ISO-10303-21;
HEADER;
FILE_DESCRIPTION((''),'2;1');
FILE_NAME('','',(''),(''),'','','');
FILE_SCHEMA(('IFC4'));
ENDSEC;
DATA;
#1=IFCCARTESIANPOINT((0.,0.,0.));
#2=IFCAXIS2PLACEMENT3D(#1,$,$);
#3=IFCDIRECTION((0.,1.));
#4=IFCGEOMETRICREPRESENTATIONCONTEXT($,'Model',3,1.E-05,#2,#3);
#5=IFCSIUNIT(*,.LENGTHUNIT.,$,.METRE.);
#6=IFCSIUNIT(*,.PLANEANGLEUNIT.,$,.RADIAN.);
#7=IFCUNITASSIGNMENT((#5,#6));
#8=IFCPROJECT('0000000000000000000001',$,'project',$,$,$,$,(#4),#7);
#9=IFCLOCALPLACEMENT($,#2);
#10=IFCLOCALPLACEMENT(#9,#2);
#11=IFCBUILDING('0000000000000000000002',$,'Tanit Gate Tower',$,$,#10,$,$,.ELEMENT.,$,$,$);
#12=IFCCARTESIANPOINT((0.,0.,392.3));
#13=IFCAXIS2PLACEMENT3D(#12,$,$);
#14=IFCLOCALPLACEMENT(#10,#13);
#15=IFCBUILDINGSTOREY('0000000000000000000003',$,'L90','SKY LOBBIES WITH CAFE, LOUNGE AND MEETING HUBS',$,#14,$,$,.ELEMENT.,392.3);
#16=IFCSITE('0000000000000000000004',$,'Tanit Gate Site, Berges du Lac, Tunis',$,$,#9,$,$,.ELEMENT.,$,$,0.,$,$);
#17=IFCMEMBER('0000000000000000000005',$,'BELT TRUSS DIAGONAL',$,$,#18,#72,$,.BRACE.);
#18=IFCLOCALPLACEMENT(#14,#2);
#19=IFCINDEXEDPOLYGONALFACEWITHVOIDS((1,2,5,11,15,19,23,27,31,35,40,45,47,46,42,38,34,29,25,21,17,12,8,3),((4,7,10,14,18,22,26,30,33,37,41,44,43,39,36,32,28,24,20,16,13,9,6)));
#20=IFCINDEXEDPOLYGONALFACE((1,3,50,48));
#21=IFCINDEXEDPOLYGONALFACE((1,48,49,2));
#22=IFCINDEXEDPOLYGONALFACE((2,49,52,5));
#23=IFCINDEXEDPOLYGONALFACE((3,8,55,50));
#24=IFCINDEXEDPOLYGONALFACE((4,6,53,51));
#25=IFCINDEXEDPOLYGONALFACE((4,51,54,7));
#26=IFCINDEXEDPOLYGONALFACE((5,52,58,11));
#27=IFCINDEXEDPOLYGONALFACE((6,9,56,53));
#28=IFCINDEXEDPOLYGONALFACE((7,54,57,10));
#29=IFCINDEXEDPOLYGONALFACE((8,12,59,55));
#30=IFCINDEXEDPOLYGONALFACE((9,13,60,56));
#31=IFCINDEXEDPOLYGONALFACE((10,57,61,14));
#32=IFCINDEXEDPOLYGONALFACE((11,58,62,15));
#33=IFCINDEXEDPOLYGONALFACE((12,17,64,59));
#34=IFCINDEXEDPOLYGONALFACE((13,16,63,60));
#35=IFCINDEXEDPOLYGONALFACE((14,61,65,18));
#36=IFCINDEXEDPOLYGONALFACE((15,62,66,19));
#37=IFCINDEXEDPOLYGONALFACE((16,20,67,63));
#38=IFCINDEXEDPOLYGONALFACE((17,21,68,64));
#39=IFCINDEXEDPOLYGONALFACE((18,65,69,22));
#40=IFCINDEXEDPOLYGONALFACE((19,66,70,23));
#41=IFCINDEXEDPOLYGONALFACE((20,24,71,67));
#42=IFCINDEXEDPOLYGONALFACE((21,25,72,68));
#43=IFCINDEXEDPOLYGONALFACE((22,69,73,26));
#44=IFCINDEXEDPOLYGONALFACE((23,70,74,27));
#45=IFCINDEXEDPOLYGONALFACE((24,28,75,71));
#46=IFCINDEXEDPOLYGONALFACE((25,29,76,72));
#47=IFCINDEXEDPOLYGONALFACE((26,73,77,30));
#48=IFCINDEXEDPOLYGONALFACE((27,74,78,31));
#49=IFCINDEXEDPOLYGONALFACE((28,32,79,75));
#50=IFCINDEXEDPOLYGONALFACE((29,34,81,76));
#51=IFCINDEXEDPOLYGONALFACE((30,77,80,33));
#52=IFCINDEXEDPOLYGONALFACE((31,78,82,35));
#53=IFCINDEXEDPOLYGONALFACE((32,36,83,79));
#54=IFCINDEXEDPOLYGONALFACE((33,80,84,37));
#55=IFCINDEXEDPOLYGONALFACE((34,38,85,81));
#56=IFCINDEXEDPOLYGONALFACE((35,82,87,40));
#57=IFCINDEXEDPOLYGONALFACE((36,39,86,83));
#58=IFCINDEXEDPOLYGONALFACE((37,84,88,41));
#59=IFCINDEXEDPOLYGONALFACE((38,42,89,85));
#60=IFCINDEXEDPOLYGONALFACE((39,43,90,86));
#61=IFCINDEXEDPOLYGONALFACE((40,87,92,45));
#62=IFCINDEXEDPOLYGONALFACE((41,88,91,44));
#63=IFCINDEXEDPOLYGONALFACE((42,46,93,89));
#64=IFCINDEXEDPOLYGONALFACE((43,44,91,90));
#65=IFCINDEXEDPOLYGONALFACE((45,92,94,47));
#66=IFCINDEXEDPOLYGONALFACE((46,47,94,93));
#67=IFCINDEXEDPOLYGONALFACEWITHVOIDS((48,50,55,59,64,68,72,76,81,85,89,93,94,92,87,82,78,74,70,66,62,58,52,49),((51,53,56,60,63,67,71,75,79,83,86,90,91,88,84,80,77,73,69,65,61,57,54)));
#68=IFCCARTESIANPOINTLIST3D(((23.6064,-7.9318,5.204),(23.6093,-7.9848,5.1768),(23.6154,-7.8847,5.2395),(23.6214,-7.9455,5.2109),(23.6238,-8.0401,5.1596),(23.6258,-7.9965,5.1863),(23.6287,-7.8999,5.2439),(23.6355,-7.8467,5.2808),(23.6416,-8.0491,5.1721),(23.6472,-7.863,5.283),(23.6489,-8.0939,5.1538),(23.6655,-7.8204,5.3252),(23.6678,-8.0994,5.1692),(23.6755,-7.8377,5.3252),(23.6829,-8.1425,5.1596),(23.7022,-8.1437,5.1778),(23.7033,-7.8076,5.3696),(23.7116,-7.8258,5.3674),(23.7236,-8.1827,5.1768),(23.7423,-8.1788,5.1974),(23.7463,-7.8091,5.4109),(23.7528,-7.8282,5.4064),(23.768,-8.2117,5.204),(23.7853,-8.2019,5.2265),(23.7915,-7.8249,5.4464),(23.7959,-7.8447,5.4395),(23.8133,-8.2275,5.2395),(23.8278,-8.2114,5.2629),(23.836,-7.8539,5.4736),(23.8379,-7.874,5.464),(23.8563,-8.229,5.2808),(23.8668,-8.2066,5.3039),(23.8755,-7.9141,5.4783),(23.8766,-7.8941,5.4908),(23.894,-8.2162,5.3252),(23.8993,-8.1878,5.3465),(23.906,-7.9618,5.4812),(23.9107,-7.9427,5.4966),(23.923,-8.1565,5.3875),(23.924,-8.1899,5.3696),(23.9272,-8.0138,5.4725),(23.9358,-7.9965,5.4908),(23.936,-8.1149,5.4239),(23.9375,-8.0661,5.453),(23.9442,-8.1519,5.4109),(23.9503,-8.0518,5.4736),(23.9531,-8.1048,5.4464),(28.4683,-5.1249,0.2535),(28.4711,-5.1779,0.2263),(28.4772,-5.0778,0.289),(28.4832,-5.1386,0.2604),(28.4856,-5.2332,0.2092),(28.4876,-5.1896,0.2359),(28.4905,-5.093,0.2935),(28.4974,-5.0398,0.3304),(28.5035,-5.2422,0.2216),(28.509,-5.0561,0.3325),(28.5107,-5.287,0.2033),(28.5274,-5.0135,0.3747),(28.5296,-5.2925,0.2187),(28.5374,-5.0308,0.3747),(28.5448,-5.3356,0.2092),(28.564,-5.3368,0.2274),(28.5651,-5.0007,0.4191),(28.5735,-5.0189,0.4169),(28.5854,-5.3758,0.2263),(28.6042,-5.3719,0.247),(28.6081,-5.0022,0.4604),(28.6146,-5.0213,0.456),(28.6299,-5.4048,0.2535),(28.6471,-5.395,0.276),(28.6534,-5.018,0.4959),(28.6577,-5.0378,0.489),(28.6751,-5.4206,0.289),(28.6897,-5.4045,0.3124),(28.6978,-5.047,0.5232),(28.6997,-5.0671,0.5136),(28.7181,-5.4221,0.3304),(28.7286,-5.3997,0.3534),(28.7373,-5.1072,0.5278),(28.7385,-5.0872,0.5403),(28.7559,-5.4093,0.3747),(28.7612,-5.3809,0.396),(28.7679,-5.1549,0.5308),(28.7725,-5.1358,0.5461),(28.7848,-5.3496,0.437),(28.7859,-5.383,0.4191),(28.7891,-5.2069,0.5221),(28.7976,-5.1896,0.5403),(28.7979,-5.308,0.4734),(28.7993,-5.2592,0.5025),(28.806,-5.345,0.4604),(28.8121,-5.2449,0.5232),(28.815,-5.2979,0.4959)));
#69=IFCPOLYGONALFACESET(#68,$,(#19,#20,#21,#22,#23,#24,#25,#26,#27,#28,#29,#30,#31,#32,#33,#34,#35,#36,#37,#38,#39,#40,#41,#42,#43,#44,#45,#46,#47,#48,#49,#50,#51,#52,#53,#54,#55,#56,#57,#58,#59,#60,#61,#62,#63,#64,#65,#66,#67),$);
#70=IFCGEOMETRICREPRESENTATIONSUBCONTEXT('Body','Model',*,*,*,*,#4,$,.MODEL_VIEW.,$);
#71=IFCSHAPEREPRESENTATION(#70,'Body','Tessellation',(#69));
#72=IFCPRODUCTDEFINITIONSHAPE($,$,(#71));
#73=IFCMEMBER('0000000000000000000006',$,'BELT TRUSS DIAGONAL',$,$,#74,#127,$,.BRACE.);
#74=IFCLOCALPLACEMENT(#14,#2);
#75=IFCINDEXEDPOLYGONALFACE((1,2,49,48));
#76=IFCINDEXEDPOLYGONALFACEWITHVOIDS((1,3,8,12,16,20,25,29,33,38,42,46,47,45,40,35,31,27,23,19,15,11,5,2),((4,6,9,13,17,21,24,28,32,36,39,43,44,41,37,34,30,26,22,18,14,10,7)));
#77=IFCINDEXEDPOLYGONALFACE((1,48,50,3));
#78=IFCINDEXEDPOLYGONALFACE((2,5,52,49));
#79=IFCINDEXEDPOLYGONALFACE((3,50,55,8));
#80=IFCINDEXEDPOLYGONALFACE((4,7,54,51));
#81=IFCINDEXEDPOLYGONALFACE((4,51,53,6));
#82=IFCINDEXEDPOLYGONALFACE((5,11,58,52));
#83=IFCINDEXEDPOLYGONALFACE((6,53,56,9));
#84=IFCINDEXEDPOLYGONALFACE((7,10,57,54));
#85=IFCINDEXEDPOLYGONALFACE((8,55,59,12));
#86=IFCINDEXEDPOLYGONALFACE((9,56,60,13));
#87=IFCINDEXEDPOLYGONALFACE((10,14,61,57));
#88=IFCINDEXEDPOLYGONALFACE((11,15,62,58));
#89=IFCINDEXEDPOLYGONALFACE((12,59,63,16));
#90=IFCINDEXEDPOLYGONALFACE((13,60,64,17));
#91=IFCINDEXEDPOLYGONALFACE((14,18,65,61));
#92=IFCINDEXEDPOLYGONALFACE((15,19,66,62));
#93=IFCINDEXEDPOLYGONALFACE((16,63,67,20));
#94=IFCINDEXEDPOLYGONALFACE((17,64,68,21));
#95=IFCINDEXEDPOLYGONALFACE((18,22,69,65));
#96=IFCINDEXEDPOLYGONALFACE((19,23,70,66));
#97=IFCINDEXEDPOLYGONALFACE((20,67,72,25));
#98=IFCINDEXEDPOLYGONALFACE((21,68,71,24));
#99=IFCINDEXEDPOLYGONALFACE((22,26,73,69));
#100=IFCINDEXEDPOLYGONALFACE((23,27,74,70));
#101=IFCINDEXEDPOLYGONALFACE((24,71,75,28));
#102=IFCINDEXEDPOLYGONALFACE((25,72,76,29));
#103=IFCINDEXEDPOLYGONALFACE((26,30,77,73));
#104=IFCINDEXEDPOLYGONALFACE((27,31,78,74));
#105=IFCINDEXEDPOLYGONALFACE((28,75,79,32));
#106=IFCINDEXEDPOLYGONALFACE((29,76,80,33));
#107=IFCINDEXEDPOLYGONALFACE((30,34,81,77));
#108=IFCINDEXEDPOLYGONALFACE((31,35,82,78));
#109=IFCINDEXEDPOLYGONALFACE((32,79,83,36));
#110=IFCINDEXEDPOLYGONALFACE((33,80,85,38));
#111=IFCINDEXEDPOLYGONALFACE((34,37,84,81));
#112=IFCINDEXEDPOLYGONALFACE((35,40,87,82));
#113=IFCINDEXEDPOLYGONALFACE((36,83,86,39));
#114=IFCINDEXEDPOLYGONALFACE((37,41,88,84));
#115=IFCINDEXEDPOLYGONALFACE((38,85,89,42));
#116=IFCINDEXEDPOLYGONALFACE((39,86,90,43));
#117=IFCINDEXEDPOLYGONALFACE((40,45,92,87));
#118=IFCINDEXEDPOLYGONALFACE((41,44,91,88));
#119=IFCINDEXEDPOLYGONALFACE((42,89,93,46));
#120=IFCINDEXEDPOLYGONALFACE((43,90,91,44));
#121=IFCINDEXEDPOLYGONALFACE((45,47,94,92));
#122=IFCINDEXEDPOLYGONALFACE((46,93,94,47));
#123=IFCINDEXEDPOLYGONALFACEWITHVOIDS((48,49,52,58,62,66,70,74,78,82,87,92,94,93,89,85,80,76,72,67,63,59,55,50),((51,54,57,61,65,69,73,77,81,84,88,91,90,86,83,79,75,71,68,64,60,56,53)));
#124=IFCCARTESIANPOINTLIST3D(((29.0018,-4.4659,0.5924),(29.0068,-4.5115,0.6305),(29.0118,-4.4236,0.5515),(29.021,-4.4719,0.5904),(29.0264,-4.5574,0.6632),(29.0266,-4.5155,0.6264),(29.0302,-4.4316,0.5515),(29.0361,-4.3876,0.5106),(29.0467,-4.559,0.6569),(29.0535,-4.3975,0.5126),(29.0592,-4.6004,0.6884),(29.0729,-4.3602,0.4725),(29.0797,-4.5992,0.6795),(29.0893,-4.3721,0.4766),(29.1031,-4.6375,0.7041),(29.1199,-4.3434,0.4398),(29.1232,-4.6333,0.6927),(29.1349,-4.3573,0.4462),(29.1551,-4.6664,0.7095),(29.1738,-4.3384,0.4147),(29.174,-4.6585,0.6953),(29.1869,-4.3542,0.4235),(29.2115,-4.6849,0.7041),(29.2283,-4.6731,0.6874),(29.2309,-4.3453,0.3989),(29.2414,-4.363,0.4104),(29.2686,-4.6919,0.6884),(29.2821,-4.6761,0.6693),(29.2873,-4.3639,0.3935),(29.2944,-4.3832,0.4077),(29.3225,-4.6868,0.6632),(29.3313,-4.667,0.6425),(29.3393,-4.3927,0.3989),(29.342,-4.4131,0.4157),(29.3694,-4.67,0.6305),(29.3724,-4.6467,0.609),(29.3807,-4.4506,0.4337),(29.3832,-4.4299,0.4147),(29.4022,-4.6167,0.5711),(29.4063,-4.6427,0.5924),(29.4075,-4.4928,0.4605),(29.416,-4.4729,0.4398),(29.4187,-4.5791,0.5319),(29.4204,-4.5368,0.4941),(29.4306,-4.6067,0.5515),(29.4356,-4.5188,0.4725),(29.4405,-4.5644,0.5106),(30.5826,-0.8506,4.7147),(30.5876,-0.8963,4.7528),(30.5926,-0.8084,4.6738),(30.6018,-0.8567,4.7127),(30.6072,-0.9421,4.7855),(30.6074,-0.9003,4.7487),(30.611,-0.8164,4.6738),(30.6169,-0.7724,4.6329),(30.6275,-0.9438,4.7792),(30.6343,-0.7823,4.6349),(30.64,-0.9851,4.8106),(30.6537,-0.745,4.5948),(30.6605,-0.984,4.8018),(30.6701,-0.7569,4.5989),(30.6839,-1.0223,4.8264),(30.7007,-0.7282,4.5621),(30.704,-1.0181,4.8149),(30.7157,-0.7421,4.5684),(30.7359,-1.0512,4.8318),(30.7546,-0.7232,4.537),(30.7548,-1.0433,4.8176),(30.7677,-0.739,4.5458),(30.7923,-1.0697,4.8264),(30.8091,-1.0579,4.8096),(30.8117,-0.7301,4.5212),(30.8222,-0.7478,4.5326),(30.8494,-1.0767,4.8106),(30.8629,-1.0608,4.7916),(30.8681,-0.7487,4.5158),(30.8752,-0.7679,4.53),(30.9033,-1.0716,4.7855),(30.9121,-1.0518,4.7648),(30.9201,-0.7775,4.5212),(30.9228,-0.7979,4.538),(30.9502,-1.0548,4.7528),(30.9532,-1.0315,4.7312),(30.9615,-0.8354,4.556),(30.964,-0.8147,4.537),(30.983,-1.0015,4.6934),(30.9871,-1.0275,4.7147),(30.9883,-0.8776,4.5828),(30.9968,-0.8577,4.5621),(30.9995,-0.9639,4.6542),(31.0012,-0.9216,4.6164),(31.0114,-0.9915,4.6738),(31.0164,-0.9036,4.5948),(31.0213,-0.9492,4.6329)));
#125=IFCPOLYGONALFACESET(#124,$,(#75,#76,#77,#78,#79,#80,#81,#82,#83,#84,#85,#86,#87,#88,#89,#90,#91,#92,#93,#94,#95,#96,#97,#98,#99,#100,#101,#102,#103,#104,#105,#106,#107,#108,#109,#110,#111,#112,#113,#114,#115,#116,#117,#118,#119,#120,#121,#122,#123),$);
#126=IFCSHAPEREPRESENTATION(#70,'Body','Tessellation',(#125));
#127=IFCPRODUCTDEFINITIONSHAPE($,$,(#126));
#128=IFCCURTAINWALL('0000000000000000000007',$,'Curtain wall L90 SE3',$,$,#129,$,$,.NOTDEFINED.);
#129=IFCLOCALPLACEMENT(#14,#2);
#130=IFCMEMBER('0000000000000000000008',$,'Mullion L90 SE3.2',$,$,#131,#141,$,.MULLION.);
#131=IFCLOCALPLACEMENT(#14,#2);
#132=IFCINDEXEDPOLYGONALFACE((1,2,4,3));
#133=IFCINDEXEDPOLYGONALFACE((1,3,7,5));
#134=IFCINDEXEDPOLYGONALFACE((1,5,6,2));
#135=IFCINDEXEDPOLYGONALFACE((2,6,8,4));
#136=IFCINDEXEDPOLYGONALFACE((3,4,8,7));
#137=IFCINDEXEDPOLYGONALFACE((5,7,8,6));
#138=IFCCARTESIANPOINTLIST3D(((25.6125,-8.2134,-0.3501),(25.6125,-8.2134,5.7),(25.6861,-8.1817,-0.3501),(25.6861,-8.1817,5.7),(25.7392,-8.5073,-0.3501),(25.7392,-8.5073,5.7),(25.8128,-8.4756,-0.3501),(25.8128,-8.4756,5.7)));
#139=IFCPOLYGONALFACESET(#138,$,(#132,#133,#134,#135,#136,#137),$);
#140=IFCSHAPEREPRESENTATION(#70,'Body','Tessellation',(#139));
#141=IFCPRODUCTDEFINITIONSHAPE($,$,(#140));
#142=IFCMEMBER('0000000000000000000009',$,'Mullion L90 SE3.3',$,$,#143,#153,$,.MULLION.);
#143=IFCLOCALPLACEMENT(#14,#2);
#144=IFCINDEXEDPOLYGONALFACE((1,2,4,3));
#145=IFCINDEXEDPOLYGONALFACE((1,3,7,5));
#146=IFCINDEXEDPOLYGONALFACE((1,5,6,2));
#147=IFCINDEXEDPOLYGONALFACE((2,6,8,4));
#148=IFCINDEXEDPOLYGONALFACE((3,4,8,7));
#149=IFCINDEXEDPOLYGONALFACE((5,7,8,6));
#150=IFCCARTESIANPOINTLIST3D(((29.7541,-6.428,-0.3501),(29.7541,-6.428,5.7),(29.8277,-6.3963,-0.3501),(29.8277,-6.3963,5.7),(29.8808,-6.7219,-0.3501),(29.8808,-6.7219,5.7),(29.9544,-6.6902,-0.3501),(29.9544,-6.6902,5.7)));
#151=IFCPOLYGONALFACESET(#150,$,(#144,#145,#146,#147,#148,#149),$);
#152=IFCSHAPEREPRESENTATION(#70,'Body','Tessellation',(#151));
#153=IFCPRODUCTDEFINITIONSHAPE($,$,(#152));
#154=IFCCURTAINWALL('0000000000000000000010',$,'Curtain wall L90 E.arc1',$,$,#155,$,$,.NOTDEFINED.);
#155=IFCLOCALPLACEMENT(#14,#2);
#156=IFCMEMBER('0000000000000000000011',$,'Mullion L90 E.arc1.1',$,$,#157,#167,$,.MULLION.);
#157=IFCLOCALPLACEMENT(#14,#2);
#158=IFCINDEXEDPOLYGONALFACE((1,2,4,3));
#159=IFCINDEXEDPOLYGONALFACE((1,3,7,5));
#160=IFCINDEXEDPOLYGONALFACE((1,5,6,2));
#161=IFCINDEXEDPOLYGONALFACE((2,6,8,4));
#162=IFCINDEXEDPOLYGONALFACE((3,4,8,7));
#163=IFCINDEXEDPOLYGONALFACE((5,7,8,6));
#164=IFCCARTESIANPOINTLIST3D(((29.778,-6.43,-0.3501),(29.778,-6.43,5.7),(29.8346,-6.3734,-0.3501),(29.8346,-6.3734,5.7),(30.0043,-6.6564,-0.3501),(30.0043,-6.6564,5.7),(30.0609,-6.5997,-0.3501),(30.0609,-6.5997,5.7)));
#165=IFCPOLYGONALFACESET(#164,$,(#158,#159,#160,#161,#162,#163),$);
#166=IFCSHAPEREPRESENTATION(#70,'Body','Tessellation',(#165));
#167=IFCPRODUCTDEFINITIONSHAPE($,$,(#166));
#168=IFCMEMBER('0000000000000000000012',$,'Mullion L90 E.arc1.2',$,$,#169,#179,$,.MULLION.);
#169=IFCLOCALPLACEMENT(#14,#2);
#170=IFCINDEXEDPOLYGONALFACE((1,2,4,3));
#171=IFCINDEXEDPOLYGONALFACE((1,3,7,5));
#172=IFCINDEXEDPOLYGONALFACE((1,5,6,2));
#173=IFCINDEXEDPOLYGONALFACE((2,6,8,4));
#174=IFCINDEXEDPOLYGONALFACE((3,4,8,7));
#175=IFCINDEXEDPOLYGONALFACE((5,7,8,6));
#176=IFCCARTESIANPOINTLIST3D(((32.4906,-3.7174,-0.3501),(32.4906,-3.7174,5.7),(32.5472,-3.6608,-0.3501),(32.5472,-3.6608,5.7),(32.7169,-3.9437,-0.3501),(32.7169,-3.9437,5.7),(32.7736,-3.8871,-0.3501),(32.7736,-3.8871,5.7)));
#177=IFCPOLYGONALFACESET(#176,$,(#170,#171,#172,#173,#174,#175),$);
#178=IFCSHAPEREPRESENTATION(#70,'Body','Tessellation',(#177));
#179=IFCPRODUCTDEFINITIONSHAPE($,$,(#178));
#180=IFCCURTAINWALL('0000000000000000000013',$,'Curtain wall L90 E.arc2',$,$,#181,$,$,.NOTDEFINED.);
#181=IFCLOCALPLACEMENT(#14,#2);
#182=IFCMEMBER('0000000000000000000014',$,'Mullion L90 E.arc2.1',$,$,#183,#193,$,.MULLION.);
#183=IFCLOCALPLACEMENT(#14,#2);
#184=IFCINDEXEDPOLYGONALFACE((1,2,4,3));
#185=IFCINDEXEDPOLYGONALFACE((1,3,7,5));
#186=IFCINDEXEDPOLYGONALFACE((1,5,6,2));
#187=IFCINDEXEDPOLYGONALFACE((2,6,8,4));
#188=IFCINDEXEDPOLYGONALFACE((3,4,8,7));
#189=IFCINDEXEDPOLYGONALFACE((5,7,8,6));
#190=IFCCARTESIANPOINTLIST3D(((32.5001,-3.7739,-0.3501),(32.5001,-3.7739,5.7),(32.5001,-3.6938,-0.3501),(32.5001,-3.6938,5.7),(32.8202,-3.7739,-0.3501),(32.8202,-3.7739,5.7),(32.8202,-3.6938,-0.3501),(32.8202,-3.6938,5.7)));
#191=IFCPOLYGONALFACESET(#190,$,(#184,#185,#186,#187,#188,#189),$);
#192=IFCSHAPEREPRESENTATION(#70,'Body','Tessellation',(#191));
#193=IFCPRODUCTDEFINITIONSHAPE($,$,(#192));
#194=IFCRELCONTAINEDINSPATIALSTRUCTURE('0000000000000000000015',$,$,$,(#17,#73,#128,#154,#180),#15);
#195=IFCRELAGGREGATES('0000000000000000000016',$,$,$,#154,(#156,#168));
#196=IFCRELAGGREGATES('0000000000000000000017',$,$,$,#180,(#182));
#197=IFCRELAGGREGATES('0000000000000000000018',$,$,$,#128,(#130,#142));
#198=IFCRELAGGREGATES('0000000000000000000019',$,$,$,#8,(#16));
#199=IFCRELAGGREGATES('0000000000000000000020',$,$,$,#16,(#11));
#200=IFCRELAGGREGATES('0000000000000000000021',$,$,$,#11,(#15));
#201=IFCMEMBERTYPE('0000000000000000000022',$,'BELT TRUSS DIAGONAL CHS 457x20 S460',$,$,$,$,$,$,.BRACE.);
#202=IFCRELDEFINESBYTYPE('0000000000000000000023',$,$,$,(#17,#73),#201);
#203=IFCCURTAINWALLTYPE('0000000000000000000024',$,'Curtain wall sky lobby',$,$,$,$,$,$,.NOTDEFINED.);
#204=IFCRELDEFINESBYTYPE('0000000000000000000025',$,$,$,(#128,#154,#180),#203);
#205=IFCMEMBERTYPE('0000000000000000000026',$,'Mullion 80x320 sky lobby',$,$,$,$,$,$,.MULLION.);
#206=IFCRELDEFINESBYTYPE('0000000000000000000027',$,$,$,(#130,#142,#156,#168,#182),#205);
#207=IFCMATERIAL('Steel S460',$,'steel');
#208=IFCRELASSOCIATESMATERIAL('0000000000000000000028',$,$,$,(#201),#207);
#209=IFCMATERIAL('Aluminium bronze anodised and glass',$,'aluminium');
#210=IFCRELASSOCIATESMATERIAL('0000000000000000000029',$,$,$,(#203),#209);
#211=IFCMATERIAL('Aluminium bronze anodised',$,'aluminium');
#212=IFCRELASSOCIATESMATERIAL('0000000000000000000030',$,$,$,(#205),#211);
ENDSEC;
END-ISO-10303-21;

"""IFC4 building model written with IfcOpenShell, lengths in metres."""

from ifc_helpers import new_model, si_unit, direction, frame, origin, origin_2d, place, context, subcontext, project, spatial, rectangle, hollow_circle, extrude, material, material_profile, profile_set, type_object, element, aggregate, save


model = new_model("IFC4")

# Units and contexts
model_context = context("Model", 3, precision=1e-05, world=origin(), true_north=direction((0.0, 1.0)))
body_context = subcontext(model_context, "Body", "Model", "MODEL_VIEW")
ifc_project = project(units=[si_unit("LENGTHUNIT", "METRE"), si_unit("PLANEANGLEUNIT", "RADIAN")], contexts=[model_context])

# Site, building, storey
site_placement = place(None, origin())
site = spatial("IfcSite", under=ifc_project, at=site_placement, Name="Tanit Gate Site, Berges du Lac, Tunis", CompositionType="ELEMENT", RefElevation=0.0)
building_placement = place(site_placement, origin())
building = spatial("IfcBuilding", under=site, at=building_placement, Name="Tanit Gate Tower", CompositionType="ELEMENT")
storey_placement = place(building_placement, frame((0.0, 0.0, 392.3)))
storey = spatial("IfcBuildingStorey", under=building, at=storey_placement, Name="L90", Description="SKY LOBBIES WITH CAFE, LOUNGE AND MEETING HUBS", CompositionType="ELEMENT", Elevation=392.3)

# Members
ifc_material_1 = material(Name="Steel S460", Category="steel")
ifc_material_profile_1 = material_profile(ifc_material_1, hollow_circle(Radius=0.2285, WallThickness=0.02, at=origin_2d()), Name="CHS 457x20")
ifc_profile_set_1 = profile_set([ifc_material_profile_1], Name="Steel S460")
member_type_1 = type_object("IfcMemberType", Name="BELT TRUSS DIAGONAL CHS 457x20 S460", PredefinedType="BRACE", material=ifc_profile_set_1)
member_1_placement = place(storey_placement, frame((23.7798, -8.0183, 5.3252), z_axis=(0.649556, 0.37501, -0.661396), x_axis=(-0.499988, 0.866032, 0.0)))
element("IfcMember", 1, at=member_1_placement, inside=storey, type_object=member_type_1, Name="BELT TRUSS DIAGONAL", PredefinedType="BRACE", context=body_context, shape_type="SweptSolid", body=[
    extrude(hollow_circle(Radius=0.2285, WallThickness=0.02, at=origin_2d()), origin(), (0.0, 0.0, 1.0), 7.4849),
])
member_2_placement = place(storey_placement, frame((29.2212, -4.5151, 0.5515), z_axis=(0.277027, 0.633547, 0.722409), x_axis=(-0.916237, 0.400637, 0.0)))
element("IfcMember", 2, at=member_2_placement, inside=storey, type_object=member_type_1, Name="BELT TRUSS DIAGONAL", PredefinedType="BRACE", context=body_context, shape_type="SweptSolid", body=[
    extrude(hollow_circle(Radius=0.2285, WallThickness=0.02, at=origin_2d()), origin(), (0.0, 0.0, 1.0), 5.7063),
])

# Curtain walls, members
ifc_material_2 = material(Name="Aluminium bronze anodised and glass", Category="aluminium")
curtain_wall_type = type_object("IfcCurtainWallType", Name="Curtain wall sky lobby", PredefinedType="NOTDEFINED", material=ifc_material_2)
curtain_wall_1_placement = place(storey_placement, origin())
curtain_wall_1 = element("IfcCurtainWall", 3, at=curtain_wall_1_placement, inside=storey, type_object=curtain_wall_type, Name="Curtain wall L90 SE3", PredefinedType="NOTDEFINED")
ifc_material_3 = material(Name="Aluminium bronze anodised", Category="aluminium")
ifc_material_profile_2 = material_profile(ifc_material_3, rectangle(XDim=0.3201, YDim=0.0801, at=origin_2d()), Name="80x320 bronze mullion")
ifc_profile_set_2 = profile_set([ifc_material_profile_2], Name="Aluminium bronze anodised")
member_type_2 = type_object("IfcMemberType", Name="Mullion 80x320 sky lobby", PredefinedType="MULLION", material=ifc_profile_set_2)
member_3_placement = place(storey_placement, frame((25.7126, -8.3445, -0.3501), z_axis=(0.0, 0.0, 1.0), x_axis=(-0.395871, 0.918306, 0.0)))
member_3 = element("IfcMember", 4, at=member_3_placement, type_object=member_type_2, Name="Mullion L90 SE3.2", PredefinedType="MULLION", context=body_context, shape_type="SweptSolid", body=[
    extrude(rectangle(XDim=0.3201, YDim=0.0801, at=origin_2d()), origin(), (0.0, 0.0, 1.0), 6.05),
])
member_4_placement = place(storey_placement, frame((29.8542, -6.5591, -0.3501), z_axis=(0.0, 0.0, 1.0), x_axis=(-0.395871, 0.918306, 0.0)))
member_4 = element("IfcMember", 5, at=member_4_placement, type_object=member_type_2, Name="Mullion L90 SE3.3", PredefinedType="MULLION", context=body_context, shape_type="SweptSolid", body=[
    extrude(rectangle(XDim=0.3201, YDim=0.0801, at=origin_2d()), origin(), (0.0, 0.0, 1.0), 6.05),
])
curtain_wall_2_placement = place(storey_placement, origin())
curtain_wall_2 = element("IfcCurtainWall", 6, at=curtain_wall_2_placement, inside=storey, type_object=curtain_wall_type, Name="Curtain wall L90 E.arc1", PredefinedType="NOTDEFINED")
member_5_placement = place(storey_placement, frame((29.9194, -6.5149, -0.3501), z_axis=(0.0, 0.0, 1.0), x_axis=(-0.707107, 0.707107, 0.0)))
member_5 = element("IfcMember", 7, at=member_5_placement, type_object=member_type_2, Name="Mullion L90 E.arc1.1", PredefinedType="MULLION", context=body_context, shape_type="SweptSolid", body=[
    extrude(rectangle(XDim=0.3201, YDim=0.0801, at=origin_2d()), origin(), (0.0, 0.0, 1.0), 6.05),
])
member_6_placement = place(storey_placement, frame((32.6321, -3.8022, -0.3501), z_axis=(0.0, 0.0, 1.0), x_axis=(-0.707107, 0.707107, 0.0)))
member_6 = element("IfcMember", 8, at=member_6_placement, type_object=member_type_2, Name="Mullion L90 E.arc1.2", PredefinedType="MULLION", context=body_context, shape_type="SweptSolid", body=[
    extrude(rectangle(XDim=0.3201, YDim=0.0801, at=origin_2d()), origin(), (0.0, 0.0, 1.0), 6.05),
])

# Curtain wall, member
curtain_wall_3_placement = place(storey_placement, origin())
curtain_wall_3 = element("IfcCurtainWall", 9, at=curtain_wall_3_placement, inside=storey, type_object=curtain_wall_type, Name="Curtain wall L90 E.arc2", PredefinedType="NOTDEFINED")
member_7_placement = place(storey_placement, frame((32.6602, -3.7339, -0.3501), z_axis=(0.0, 0.0, 1.0), x_axis=(-1.0, 0.0, 0.0)))
member_7 = element("IfcMember", 10, at=member_7_placement, type_object=member_type_2, Name="Mullion L90 E.arc2.1", PredefinedType="MULLION", context=body_context, shape_type="SweptSolid", body=[
    extrude(rectangle(XDim=0.3201, YDim=0.0801, at=origin_2d()), origin(), (0.0, 0.0, 1.0), 6.05),
])

aggregate(curtain_wall_2, [member_5, member_6])
aggregate(curtain_wall_3, [member_7])
aggregate(curtain_wall_1, [member_3, member_4])

save(model, "model.ifc")
